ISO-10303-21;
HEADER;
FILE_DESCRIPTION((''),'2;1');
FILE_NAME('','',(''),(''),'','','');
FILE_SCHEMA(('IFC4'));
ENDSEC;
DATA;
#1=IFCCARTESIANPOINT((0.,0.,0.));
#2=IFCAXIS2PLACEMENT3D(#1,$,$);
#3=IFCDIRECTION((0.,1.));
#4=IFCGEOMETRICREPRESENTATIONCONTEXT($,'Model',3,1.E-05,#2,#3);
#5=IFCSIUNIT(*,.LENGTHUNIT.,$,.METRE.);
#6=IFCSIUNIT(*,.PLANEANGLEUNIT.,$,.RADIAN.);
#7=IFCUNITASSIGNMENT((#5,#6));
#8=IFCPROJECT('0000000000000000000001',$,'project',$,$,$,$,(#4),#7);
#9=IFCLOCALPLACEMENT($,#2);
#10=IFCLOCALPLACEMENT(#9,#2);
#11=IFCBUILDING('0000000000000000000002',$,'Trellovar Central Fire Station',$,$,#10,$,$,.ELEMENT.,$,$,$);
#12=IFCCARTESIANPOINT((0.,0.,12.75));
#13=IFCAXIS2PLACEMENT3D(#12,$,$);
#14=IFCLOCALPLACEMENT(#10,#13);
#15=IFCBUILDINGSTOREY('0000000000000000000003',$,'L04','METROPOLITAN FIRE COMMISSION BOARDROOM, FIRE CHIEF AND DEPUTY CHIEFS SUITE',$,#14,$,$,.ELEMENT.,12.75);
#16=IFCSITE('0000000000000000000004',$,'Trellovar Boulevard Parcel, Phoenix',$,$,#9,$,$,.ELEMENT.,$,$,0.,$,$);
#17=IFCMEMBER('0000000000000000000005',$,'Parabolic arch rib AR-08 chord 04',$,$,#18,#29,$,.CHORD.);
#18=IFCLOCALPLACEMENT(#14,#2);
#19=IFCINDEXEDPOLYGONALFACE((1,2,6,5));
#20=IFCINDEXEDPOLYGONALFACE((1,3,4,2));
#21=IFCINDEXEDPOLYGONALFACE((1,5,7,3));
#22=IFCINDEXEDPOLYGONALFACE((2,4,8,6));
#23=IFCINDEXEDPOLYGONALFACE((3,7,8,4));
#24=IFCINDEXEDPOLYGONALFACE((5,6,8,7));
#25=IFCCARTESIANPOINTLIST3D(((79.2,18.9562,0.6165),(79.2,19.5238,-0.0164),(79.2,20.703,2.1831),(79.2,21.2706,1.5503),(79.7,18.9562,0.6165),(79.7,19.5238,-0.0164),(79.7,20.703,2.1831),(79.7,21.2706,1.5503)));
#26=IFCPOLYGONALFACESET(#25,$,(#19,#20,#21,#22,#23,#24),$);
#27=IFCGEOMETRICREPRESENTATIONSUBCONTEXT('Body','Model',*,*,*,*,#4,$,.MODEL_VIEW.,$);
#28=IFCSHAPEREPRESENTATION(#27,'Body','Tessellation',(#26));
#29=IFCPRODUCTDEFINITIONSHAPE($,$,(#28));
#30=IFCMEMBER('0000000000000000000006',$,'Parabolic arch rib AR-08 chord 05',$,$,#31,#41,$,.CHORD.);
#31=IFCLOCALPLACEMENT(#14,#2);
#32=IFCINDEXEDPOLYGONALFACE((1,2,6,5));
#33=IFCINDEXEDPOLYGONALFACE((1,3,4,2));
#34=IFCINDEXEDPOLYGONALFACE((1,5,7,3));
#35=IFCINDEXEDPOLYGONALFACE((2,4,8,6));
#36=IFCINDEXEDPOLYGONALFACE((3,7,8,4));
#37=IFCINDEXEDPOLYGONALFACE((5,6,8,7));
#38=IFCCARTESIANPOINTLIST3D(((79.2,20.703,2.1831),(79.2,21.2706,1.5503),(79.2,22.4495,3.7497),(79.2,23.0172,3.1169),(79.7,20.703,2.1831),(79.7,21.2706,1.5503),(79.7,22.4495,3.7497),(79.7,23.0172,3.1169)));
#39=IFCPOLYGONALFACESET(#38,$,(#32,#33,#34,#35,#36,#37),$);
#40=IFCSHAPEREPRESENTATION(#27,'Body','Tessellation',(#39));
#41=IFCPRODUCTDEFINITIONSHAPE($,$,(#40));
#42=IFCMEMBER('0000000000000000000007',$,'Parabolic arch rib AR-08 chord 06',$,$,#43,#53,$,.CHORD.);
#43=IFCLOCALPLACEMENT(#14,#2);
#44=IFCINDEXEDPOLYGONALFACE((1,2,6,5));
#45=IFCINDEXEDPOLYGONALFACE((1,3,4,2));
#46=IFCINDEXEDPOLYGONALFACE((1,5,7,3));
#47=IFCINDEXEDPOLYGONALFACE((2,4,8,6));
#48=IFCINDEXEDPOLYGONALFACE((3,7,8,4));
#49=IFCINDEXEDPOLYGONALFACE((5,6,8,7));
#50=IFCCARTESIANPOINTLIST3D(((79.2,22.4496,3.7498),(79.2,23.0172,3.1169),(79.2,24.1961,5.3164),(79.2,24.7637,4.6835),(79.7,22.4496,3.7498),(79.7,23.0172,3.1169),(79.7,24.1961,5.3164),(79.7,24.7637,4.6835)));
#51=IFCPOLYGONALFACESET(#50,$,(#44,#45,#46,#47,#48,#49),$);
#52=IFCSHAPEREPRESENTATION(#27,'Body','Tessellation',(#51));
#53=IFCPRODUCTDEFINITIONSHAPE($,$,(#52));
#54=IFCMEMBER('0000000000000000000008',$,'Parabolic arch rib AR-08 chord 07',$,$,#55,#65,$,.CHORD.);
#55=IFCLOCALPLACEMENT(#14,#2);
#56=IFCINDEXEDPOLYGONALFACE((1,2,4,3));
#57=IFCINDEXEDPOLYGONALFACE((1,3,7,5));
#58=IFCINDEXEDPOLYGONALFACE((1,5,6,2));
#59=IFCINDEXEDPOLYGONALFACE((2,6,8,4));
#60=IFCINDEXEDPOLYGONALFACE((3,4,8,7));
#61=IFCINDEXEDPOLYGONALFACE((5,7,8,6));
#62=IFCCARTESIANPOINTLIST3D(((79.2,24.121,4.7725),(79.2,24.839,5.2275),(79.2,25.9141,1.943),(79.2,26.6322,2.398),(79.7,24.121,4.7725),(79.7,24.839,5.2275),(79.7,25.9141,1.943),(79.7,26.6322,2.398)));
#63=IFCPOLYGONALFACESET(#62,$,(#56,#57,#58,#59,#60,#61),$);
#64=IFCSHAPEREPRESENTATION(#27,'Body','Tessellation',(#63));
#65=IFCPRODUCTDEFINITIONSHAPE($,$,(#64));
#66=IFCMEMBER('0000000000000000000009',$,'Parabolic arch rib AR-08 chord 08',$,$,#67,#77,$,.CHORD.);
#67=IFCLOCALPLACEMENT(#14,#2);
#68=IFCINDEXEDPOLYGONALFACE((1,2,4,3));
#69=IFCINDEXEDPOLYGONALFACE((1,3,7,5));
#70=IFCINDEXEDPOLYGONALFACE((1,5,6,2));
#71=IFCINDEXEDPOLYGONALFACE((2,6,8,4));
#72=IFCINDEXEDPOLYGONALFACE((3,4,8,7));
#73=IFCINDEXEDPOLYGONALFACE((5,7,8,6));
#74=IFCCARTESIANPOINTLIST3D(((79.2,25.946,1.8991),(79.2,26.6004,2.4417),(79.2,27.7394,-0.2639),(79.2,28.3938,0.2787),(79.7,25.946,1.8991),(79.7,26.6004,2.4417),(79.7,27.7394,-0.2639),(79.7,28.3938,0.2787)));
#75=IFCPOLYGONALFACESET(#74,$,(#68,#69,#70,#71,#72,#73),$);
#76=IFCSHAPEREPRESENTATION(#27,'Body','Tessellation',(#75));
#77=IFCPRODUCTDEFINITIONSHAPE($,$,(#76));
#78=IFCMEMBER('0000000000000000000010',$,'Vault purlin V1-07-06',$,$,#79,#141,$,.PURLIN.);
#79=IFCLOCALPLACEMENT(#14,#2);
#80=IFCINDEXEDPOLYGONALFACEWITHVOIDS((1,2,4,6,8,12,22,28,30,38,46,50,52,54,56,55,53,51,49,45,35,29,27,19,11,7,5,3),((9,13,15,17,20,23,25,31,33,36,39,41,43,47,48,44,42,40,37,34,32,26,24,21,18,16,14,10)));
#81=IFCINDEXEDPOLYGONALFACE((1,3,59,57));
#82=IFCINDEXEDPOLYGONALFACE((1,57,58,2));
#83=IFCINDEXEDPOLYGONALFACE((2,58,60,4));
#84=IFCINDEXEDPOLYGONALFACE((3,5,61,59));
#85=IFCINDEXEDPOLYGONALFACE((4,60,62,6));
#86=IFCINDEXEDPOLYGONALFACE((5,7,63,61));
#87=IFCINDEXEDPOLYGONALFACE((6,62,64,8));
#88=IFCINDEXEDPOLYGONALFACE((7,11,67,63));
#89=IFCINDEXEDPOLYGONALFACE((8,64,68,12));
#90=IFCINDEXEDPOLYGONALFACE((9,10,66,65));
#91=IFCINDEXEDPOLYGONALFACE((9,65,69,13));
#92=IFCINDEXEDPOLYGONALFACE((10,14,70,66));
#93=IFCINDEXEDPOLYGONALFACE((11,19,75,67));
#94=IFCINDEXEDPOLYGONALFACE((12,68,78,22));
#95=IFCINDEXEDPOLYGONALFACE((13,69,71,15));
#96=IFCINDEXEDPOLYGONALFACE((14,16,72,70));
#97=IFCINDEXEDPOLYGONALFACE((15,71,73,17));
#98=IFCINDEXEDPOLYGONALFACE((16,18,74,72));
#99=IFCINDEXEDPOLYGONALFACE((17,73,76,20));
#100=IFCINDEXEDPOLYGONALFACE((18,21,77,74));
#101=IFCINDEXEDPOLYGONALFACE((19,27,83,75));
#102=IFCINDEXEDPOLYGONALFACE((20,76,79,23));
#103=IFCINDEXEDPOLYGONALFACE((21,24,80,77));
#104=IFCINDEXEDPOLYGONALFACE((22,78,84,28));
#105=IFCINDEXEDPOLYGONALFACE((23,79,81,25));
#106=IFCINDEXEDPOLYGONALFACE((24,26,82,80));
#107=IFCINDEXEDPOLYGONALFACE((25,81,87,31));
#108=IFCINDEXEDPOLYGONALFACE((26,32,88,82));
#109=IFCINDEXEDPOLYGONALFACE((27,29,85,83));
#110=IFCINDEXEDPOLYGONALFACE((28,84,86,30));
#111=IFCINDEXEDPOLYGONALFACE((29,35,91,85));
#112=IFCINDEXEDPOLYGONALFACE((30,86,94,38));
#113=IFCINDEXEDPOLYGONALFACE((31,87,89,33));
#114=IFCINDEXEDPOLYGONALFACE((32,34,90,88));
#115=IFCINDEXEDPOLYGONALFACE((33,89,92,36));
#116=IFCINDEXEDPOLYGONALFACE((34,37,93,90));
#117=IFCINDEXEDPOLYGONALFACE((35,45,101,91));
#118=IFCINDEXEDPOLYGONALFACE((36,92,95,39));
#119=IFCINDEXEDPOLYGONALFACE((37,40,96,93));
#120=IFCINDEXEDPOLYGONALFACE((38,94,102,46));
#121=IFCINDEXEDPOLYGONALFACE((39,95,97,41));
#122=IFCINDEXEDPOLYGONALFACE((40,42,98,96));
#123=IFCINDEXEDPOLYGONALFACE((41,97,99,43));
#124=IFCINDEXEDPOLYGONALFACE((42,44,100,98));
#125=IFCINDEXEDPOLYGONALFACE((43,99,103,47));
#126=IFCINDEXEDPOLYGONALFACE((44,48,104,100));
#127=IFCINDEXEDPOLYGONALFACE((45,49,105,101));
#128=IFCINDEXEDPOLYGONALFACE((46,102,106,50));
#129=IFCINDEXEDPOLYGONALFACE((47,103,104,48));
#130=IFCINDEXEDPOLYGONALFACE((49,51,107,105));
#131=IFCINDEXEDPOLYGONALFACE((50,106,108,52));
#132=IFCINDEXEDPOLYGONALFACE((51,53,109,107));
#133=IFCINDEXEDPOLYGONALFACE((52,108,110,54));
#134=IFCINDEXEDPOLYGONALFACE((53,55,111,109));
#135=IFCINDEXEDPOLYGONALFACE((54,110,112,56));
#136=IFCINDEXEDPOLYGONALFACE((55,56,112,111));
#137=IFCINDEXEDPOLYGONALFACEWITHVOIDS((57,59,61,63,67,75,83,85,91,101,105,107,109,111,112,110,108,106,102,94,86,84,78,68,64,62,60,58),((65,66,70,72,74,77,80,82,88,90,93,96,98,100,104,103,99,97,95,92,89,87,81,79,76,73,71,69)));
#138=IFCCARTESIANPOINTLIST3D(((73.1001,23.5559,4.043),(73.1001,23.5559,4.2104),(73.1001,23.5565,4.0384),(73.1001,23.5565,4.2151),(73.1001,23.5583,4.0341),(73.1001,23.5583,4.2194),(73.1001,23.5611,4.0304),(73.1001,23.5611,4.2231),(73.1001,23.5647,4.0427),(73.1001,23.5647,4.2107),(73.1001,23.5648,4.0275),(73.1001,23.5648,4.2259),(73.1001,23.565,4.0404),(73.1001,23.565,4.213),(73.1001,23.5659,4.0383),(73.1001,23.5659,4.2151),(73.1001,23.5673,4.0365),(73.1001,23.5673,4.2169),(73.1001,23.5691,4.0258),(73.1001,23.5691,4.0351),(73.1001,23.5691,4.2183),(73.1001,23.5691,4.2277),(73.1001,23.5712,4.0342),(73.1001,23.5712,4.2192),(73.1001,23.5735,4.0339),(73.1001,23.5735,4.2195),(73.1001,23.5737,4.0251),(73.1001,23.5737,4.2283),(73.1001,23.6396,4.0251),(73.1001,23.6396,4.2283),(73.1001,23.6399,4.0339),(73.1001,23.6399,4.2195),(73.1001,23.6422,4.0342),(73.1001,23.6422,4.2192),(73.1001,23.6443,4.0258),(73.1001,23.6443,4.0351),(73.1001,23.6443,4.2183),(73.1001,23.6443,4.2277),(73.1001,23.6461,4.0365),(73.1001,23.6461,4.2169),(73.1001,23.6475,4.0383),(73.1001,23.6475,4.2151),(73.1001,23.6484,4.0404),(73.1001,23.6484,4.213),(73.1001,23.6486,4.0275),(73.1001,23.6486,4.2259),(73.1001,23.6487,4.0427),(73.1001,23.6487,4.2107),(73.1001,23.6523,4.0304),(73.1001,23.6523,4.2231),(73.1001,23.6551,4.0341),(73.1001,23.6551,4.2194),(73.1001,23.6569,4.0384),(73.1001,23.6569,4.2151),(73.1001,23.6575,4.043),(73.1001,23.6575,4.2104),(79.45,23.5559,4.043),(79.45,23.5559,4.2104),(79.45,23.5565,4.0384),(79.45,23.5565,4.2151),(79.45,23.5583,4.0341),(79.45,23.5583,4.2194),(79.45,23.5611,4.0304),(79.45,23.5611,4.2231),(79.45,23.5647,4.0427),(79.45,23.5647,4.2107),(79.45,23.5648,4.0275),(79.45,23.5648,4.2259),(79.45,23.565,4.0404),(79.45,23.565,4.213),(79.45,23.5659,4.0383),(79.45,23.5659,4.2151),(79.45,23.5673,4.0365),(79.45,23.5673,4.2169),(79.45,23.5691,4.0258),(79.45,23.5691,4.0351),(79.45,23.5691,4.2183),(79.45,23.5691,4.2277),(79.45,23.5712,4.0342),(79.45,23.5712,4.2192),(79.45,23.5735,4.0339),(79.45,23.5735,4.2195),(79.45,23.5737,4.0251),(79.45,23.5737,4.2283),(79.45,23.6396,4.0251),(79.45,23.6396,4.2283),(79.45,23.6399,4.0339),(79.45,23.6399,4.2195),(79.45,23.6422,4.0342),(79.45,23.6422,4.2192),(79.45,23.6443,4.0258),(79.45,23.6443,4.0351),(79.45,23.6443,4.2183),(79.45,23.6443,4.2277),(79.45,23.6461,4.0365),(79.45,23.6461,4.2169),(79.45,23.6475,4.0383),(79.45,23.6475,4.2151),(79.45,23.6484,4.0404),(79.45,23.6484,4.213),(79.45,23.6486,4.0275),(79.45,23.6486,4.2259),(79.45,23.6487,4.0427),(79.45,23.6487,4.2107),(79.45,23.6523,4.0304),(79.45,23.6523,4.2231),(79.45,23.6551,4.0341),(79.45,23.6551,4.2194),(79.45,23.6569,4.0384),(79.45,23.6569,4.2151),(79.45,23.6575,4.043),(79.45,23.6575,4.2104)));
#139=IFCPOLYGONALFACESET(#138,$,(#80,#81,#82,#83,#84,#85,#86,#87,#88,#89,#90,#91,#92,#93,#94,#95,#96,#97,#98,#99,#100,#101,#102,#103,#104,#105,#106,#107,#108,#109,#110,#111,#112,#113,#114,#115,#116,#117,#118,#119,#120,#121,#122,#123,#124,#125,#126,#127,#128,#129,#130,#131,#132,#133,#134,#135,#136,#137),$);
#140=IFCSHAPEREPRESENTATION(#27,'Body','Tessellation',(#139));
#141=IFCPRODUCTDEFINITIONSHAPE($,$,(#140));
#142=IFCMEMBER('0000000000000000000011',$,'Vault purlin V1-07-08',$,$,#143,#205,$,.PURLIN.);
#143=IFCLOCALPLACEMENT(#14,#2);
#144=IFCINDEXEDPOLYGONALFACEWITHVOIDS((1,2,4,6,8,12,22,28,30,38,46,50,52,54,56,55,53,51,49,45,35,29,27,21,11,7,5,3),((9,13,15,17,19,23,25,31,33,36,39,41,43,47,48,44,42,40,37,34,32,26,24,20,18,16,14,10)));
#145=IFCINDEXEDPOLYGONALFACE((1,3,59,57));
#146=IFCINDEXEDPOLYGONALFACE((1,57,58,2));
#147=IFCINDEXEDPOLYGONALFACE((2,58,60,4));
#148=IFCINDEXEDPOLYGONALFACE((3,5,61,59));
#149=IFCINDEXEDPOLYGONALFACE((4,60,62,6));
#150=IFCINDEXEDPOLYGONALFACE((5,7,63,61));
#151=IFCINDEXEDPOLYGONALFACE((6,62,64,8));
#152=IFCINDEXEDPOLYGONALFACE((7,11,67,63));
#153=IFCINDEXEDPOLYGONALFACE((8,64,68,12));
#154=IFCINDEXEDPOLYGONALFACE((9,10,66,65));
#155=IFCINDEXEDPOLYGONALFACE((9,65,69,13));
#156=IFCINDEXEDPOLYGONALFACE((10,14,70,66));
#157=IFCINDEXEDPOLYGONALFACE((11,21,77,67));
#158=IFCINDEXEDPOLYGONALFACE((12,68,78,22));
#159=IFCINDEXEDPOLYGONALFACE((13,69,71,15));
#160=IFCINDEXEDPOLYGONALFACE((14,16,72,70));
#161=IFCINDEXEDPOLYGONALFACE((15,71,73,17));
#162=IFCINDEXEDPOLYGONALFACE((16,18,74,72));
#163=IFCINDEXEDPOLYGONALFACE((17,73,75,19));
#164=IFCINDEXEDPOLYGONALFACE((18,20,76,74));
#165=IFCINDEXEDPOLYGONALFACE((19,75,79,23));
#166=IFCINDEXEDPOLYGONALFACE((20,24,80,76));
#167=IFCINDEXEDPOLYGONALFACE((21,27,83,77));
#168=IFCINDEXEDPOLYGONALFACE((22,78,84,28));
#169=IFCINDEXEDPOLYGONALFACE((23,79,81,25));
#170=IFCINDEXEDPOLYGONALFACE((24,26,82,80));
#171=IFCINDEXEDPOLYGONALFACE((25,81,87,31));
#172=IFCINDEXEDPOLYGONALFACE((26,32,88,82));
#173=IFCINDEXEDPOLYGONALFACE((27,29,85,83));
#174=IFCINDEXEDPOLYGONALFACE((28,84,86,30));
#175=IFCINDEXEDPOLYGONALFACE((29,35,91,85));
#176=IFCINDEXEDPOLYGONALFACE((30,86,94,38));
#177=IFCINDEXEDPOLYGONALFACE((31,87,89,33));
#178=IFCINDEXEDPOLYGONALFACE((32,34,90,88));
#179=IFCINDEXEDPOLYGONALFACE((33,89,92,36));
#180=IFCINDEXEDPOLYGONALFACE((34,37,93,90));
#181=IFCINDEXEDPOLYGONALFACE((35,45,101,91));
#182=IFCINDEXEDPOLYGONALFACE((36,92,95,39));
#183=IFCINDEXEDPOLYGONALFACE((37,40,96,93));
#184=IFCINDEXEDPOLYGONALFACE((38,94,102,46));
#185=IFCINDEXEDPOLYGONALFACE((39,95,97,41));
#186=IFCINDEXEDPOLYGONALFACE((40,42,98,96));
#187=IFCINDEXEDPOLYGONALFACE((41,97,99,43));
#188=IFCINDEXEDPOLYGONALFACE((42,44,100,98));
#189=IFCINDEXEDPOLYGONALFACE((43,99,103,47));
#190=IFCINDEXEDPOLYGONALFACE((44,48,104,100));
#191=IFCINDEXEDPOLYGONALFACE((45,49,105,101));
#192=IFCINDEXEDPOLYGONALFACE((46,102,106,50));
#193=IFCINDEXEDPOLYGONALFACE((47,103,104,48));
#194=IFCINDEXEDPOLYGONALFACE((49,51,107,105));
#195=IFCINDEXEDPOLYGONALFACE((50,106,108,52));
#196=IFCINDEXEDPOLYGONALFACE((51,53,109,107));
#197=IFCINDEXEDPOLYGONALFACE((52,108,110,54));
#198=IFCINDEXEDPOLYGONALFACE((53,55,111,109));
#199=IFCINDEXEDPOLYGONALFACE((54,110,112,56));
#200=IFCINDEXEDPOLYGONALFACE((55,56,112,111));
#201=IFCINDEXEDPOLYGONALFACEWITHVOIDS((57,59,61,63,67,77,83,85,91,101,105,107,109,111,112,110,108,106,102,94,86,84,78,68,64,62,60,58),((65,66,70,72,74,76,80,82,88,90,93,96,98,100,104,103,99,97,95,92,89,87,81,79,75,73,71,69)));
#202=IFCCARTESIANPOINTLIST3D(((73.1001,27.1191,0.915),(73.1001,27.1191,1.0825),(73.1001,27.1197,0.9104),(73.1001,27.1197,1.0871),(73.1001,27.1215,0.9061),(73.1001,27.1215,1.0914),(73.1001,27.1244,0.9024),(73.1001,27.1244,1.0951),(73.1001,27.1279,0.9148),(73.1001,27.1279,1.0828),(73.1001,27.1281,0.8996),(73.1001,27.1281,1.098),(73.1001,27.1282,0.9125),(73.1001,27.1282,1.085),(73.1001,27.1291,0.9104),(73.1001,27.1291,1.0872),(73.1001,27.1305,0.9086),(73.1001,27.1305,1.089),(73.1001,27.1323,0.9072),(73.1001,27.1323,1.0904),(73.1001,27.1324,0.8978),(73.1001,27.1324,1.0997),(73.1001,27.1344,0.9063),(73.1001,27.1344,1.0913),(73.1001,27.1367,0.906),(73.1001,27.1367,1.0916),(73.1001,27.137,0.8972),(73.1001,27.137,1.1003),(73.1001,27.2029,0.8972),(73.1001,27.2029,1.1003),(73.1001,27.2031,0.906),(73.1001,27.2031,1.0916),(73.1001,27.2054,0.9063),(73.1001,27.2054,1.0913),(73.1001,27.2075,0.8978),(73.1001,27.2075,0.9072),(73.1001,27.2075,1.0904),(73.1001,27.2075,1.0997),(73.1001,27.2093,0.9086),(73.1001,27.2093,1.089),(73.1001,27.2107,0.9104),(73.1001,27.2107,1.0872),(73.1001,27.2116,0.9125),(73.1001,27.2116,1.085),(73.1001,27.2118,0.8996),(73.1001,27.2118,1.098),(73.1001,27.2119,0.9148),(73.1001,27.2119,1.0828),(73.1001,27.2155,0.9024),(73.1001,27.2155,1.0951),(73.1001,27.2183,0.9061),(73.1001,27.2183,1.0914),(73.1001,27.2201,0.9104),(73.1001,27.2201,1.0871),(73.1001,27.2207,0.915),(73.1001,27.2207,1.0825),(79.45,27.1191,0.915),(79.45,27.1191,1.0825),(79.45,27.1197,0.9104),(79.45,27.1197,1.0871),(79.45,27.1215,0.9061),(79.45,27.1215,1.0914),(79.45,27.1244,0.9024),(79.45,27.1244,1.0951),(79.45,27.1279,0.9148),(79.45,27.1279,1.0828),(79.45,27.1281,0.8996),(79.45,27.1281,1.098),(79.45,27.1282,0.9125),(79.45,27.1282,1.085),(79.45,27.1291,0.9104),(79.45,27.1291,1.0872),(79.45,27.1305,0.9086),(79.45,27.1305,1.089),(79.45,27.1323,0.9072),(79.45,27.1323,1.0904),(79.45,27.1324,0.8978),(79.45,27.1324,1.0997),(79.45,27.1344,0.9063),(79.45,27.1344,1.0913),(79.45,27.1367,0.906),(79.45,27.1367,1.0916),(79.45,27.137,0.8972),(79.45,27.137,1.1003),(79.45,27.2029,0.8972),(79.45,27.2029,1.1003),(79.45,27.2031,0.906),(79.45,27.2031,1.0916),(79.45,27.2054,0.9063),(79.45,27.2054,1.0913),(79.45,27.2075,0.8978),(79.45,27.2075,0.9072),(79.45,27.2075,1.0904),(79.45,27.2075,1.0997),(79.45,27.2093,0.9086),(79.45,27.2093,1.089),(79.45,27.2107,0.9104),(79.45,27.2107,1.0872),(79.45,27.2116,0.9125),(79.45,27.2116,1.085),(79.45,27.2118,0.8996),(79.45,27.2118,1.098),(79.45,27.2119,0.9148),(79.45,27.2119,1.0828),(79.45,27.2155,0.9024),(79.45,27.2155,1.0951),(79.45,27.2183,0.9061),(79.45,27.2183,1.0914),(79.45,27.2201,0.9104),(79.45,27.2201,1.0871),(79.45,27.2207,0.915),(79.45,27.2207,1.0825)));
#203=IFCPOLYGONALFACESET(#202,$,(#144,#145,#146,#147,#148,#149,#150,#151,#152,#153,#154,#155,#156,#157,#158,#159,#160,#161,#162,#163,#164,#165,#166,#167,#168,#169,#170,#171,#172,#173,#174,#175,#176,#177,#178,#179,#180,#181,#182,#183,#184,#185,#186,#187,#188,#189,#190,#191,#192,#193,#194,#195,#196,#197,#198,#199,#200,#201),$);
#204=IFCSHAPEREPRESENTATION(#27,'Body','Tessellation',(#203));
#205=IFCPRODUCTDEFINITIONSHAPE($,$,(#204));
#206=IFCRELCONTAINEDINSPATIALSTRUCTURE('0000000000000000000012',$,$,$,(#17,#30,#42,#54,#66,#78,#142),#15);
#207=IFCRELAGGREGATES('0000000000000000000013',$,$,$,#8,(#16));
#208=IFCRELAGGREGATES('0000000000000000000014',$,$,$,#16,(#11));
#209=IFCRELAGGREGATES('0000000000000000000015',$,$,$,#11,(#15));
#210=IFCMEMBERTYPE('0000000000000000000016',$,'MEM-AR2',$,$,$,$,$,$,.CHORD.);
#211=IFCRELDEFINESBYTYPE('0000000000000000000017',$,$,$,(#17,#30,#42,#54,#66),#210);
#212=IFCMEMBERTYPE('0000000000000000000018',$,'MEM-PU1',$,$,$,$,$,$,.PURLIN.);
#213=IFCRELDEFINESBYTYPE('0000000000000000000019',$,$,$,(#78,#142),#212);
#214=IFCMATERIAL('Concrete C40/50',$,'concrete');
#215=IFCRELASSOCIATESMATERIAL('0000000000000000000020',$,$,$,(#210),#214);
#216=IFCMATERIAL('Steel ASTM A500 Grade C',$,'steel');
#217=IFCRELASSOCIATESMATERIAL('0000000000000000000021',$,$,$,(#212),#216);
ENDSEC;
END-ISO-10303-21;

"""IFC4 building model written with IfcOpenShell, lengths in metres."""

from ifc_helpers import new_model, si_unit, direction, frame, origin, origin_2d, place, context, subcontext, project, spatial, rectangle, hollow_rectangle, extrude, material, material_profile, profile_set, type_object, element, save


model = new_model("IFC4")

# Units and contexts
model_context = context("Model", 3, precision=1e-05, world=origin(), true_north=direction((0.0, 1.0)))
body_context = subcontext(model_context, "Body", "Model", "MODEL_VIEW")
ifc_project = project(units=[si_unit("LENGTHUNIT", "METRE"), si_unit("PLANEANGLEUNIT", "RADIAN")], contexts=[model_context])

# Site, building, storey
site_placement = place(None, origin())
site = spatial("IfcSite", under=ifc_project, at=site_placement, Name="Trellovar Boulevard Parcel, Phoenix", CompositionType="ELEMENT", RefElevation=0.0)
building_placement = place(site_placement, origin())
building = spatial("IfcBuilding", under=site, at=building_placement, Name="Trellovar Central Fire Station", CompositionType="ELEMENT")
storey_placement = place(building_placement, frame((0.0, 0.0, 12.75)))
storey = spatial("IfcBuildingStorey", under=building, at=storey_placement, Name="L04", Description="METROPOLITAN FIRE COMMISSION BOARDROOM, FIRE CHIEF AND DEPUTY CHIEFS SUITE", CompositionType="ELEMENT", Elevation=12.75)

# Members
ifc_material_1 = material(Name="Concrete C40/50", Category="concrete")
ifc_material_profile_1 = material_profile(ifc_material_1, rectangle(XDim=0.5, YDim=0.8501, at=origin_2d()), Name="RC500X850")
ifc_profile_set_1 = profile_set([ifc_material_profile_1], Name="Concrete C40/50")
member_type_1 = type_object("IfcMemberType", Name="MEM-AR2", PredefinedType="CHORD", material=ifc_profile_set_1)
member_1_placement = place(storey_placement, frame((79.45, 19.24, 0.3), z_axis=(0.0, 0.744457, 0.66767), x_axis=(-1.0, 0.0, 0.0)))
element("IfcMember", 1, at=member_1_placement, inside=storey, type_object=member_type_1, Name="Parabolic arch rib AR-08 chord 04", PredefinedType="CHORD", context=body_context, shape_type="SweptSolid", body=[
    extrude(rectangle(XDim=0.5, YDim=0.8501, at=origin_2d()), origin(), (0.0, 0.0, 1.0), 2.3464),
])
for number, where, z_axis, x_axis, name in (
    (2, (79.45, 20.9868, 1.8667), (0.0, 0.744411, 0.667722), (-1.0, 0.0, 0.0), "Parabolic arch rib AR-08 chord 05"),
    (3, (79.45, 22.7334, 3.4333), (0.0, 0.744411, 0.667722), (-1.0, 0.0, 0.0), "Parabolic arch rib AR-08 chord 06"),
):
    element("IfcMember", number, at=place(storey_placement, frame(where, z_axis=z_axis, x_axis=x_axis)), inside=storey, type_object=member_type_1, Name=name, PredefinedType="CHORD", context=body_context, shape_type="SweptSolid", body=[
        extrude(rectangle(XDim=0.5, YDim=0.8501, at=origin_2d()), origin(), (0.0, 0.0, 1.0), 2.3462),
    ])
member_2_placement = place(storey_placement, frame((79.45, 24.48, 5.0), z_axis=(0.0, 0.535295, -0.844665), x_axis=(-1.0, 0.0, 0.0)))
element("IfcMember", 4, at=member_2_placement, inside=storey, type_object=member_type_1, Name="Parabolic arch rib AR-08 chord 07", PredefinedType="CHORD", context=body_context, shape_type="SweptSolid", body=[
    extrude(rectangle(XDim=0.5, YDim=0.8501, at=origin_2d()), origin(), (0.0, 0.0, 1.0), 3.3499),
])
member_3_placement = place(storey_placement, frame((79.45, 26.2732, 2.1704), z_axis=(0.0, 0.638268, -0.769814), x_axis=(-1.0, 0.0, 0.0)))
element("IfcMember", 5, at=member_3_placement, inside=storey, type_object=member_type_1, Name="Parabolic arch rib AR-08 chord 08", PredefinedType="CHORD", context=body_context, shape_type="SweptSolid", body=[
    extrude(rectangle(XDim=0.5, YDim=0.8501, at=origin_2d()), origin(), (0.0, 0.0, 1.0), 2.8098),
])
ifc_material_2 = material(Name="Steel ASTM A500 Grade C", Category="steel")
ifc_material_profile_2 = material_profile(ifc_material_2, hollow_rectangle(XDim=0.1016, YDim=0.2031, WallThickness=0.0088, InnerFilletRadius=0.0088, OuterFilletRadius=0.0178, at=origin_2d()), Name="HSS8X4X3/8")
ifc_profile_set_2 = profile_set([ifc_material_profile_2], Name="Steel ASTM A500 Grade C")
member_type_2 = type_object("IfcMemberType", Name="MEM-PU1", PredefinedType="PURLIN", material=ifc_profile_set_2)
for number, where, z_axis, x_axis, name in (
    (6, (73.1001, 23.6067, 4.1267), (1.0, 0.0, 0.0), (0.0, 1.0, 0.0), "Vault purlin V1-07-06"),
    (7, (73.1001, 27.1699, 0.9988), (1.0, 0.0, 0.0), (0.0, 1.0, 0.0), "Vault purlin V1-07-08"),
):
    element("IfcMember", number, at=place(storey_placement, frame(where, z_axis=z_axis, x_axis=x_axis)), inside=storey, type_object=member_type_2, Name=name, PredefinedType="PURLIN", context=body_context, shape_type="SweptSolid", body=[
        extrude(hollow_rectangle(XDim=0.1016, YDim=0.2031, WallThickness=0.0088, InnerFilletRadius=0.0088, OuterFilletRadius=0.0178, at=origin_2d()), origin(), (0.0, 0.0, 1.0), 6.3499),
    ])

save(model, "model.ifc")
